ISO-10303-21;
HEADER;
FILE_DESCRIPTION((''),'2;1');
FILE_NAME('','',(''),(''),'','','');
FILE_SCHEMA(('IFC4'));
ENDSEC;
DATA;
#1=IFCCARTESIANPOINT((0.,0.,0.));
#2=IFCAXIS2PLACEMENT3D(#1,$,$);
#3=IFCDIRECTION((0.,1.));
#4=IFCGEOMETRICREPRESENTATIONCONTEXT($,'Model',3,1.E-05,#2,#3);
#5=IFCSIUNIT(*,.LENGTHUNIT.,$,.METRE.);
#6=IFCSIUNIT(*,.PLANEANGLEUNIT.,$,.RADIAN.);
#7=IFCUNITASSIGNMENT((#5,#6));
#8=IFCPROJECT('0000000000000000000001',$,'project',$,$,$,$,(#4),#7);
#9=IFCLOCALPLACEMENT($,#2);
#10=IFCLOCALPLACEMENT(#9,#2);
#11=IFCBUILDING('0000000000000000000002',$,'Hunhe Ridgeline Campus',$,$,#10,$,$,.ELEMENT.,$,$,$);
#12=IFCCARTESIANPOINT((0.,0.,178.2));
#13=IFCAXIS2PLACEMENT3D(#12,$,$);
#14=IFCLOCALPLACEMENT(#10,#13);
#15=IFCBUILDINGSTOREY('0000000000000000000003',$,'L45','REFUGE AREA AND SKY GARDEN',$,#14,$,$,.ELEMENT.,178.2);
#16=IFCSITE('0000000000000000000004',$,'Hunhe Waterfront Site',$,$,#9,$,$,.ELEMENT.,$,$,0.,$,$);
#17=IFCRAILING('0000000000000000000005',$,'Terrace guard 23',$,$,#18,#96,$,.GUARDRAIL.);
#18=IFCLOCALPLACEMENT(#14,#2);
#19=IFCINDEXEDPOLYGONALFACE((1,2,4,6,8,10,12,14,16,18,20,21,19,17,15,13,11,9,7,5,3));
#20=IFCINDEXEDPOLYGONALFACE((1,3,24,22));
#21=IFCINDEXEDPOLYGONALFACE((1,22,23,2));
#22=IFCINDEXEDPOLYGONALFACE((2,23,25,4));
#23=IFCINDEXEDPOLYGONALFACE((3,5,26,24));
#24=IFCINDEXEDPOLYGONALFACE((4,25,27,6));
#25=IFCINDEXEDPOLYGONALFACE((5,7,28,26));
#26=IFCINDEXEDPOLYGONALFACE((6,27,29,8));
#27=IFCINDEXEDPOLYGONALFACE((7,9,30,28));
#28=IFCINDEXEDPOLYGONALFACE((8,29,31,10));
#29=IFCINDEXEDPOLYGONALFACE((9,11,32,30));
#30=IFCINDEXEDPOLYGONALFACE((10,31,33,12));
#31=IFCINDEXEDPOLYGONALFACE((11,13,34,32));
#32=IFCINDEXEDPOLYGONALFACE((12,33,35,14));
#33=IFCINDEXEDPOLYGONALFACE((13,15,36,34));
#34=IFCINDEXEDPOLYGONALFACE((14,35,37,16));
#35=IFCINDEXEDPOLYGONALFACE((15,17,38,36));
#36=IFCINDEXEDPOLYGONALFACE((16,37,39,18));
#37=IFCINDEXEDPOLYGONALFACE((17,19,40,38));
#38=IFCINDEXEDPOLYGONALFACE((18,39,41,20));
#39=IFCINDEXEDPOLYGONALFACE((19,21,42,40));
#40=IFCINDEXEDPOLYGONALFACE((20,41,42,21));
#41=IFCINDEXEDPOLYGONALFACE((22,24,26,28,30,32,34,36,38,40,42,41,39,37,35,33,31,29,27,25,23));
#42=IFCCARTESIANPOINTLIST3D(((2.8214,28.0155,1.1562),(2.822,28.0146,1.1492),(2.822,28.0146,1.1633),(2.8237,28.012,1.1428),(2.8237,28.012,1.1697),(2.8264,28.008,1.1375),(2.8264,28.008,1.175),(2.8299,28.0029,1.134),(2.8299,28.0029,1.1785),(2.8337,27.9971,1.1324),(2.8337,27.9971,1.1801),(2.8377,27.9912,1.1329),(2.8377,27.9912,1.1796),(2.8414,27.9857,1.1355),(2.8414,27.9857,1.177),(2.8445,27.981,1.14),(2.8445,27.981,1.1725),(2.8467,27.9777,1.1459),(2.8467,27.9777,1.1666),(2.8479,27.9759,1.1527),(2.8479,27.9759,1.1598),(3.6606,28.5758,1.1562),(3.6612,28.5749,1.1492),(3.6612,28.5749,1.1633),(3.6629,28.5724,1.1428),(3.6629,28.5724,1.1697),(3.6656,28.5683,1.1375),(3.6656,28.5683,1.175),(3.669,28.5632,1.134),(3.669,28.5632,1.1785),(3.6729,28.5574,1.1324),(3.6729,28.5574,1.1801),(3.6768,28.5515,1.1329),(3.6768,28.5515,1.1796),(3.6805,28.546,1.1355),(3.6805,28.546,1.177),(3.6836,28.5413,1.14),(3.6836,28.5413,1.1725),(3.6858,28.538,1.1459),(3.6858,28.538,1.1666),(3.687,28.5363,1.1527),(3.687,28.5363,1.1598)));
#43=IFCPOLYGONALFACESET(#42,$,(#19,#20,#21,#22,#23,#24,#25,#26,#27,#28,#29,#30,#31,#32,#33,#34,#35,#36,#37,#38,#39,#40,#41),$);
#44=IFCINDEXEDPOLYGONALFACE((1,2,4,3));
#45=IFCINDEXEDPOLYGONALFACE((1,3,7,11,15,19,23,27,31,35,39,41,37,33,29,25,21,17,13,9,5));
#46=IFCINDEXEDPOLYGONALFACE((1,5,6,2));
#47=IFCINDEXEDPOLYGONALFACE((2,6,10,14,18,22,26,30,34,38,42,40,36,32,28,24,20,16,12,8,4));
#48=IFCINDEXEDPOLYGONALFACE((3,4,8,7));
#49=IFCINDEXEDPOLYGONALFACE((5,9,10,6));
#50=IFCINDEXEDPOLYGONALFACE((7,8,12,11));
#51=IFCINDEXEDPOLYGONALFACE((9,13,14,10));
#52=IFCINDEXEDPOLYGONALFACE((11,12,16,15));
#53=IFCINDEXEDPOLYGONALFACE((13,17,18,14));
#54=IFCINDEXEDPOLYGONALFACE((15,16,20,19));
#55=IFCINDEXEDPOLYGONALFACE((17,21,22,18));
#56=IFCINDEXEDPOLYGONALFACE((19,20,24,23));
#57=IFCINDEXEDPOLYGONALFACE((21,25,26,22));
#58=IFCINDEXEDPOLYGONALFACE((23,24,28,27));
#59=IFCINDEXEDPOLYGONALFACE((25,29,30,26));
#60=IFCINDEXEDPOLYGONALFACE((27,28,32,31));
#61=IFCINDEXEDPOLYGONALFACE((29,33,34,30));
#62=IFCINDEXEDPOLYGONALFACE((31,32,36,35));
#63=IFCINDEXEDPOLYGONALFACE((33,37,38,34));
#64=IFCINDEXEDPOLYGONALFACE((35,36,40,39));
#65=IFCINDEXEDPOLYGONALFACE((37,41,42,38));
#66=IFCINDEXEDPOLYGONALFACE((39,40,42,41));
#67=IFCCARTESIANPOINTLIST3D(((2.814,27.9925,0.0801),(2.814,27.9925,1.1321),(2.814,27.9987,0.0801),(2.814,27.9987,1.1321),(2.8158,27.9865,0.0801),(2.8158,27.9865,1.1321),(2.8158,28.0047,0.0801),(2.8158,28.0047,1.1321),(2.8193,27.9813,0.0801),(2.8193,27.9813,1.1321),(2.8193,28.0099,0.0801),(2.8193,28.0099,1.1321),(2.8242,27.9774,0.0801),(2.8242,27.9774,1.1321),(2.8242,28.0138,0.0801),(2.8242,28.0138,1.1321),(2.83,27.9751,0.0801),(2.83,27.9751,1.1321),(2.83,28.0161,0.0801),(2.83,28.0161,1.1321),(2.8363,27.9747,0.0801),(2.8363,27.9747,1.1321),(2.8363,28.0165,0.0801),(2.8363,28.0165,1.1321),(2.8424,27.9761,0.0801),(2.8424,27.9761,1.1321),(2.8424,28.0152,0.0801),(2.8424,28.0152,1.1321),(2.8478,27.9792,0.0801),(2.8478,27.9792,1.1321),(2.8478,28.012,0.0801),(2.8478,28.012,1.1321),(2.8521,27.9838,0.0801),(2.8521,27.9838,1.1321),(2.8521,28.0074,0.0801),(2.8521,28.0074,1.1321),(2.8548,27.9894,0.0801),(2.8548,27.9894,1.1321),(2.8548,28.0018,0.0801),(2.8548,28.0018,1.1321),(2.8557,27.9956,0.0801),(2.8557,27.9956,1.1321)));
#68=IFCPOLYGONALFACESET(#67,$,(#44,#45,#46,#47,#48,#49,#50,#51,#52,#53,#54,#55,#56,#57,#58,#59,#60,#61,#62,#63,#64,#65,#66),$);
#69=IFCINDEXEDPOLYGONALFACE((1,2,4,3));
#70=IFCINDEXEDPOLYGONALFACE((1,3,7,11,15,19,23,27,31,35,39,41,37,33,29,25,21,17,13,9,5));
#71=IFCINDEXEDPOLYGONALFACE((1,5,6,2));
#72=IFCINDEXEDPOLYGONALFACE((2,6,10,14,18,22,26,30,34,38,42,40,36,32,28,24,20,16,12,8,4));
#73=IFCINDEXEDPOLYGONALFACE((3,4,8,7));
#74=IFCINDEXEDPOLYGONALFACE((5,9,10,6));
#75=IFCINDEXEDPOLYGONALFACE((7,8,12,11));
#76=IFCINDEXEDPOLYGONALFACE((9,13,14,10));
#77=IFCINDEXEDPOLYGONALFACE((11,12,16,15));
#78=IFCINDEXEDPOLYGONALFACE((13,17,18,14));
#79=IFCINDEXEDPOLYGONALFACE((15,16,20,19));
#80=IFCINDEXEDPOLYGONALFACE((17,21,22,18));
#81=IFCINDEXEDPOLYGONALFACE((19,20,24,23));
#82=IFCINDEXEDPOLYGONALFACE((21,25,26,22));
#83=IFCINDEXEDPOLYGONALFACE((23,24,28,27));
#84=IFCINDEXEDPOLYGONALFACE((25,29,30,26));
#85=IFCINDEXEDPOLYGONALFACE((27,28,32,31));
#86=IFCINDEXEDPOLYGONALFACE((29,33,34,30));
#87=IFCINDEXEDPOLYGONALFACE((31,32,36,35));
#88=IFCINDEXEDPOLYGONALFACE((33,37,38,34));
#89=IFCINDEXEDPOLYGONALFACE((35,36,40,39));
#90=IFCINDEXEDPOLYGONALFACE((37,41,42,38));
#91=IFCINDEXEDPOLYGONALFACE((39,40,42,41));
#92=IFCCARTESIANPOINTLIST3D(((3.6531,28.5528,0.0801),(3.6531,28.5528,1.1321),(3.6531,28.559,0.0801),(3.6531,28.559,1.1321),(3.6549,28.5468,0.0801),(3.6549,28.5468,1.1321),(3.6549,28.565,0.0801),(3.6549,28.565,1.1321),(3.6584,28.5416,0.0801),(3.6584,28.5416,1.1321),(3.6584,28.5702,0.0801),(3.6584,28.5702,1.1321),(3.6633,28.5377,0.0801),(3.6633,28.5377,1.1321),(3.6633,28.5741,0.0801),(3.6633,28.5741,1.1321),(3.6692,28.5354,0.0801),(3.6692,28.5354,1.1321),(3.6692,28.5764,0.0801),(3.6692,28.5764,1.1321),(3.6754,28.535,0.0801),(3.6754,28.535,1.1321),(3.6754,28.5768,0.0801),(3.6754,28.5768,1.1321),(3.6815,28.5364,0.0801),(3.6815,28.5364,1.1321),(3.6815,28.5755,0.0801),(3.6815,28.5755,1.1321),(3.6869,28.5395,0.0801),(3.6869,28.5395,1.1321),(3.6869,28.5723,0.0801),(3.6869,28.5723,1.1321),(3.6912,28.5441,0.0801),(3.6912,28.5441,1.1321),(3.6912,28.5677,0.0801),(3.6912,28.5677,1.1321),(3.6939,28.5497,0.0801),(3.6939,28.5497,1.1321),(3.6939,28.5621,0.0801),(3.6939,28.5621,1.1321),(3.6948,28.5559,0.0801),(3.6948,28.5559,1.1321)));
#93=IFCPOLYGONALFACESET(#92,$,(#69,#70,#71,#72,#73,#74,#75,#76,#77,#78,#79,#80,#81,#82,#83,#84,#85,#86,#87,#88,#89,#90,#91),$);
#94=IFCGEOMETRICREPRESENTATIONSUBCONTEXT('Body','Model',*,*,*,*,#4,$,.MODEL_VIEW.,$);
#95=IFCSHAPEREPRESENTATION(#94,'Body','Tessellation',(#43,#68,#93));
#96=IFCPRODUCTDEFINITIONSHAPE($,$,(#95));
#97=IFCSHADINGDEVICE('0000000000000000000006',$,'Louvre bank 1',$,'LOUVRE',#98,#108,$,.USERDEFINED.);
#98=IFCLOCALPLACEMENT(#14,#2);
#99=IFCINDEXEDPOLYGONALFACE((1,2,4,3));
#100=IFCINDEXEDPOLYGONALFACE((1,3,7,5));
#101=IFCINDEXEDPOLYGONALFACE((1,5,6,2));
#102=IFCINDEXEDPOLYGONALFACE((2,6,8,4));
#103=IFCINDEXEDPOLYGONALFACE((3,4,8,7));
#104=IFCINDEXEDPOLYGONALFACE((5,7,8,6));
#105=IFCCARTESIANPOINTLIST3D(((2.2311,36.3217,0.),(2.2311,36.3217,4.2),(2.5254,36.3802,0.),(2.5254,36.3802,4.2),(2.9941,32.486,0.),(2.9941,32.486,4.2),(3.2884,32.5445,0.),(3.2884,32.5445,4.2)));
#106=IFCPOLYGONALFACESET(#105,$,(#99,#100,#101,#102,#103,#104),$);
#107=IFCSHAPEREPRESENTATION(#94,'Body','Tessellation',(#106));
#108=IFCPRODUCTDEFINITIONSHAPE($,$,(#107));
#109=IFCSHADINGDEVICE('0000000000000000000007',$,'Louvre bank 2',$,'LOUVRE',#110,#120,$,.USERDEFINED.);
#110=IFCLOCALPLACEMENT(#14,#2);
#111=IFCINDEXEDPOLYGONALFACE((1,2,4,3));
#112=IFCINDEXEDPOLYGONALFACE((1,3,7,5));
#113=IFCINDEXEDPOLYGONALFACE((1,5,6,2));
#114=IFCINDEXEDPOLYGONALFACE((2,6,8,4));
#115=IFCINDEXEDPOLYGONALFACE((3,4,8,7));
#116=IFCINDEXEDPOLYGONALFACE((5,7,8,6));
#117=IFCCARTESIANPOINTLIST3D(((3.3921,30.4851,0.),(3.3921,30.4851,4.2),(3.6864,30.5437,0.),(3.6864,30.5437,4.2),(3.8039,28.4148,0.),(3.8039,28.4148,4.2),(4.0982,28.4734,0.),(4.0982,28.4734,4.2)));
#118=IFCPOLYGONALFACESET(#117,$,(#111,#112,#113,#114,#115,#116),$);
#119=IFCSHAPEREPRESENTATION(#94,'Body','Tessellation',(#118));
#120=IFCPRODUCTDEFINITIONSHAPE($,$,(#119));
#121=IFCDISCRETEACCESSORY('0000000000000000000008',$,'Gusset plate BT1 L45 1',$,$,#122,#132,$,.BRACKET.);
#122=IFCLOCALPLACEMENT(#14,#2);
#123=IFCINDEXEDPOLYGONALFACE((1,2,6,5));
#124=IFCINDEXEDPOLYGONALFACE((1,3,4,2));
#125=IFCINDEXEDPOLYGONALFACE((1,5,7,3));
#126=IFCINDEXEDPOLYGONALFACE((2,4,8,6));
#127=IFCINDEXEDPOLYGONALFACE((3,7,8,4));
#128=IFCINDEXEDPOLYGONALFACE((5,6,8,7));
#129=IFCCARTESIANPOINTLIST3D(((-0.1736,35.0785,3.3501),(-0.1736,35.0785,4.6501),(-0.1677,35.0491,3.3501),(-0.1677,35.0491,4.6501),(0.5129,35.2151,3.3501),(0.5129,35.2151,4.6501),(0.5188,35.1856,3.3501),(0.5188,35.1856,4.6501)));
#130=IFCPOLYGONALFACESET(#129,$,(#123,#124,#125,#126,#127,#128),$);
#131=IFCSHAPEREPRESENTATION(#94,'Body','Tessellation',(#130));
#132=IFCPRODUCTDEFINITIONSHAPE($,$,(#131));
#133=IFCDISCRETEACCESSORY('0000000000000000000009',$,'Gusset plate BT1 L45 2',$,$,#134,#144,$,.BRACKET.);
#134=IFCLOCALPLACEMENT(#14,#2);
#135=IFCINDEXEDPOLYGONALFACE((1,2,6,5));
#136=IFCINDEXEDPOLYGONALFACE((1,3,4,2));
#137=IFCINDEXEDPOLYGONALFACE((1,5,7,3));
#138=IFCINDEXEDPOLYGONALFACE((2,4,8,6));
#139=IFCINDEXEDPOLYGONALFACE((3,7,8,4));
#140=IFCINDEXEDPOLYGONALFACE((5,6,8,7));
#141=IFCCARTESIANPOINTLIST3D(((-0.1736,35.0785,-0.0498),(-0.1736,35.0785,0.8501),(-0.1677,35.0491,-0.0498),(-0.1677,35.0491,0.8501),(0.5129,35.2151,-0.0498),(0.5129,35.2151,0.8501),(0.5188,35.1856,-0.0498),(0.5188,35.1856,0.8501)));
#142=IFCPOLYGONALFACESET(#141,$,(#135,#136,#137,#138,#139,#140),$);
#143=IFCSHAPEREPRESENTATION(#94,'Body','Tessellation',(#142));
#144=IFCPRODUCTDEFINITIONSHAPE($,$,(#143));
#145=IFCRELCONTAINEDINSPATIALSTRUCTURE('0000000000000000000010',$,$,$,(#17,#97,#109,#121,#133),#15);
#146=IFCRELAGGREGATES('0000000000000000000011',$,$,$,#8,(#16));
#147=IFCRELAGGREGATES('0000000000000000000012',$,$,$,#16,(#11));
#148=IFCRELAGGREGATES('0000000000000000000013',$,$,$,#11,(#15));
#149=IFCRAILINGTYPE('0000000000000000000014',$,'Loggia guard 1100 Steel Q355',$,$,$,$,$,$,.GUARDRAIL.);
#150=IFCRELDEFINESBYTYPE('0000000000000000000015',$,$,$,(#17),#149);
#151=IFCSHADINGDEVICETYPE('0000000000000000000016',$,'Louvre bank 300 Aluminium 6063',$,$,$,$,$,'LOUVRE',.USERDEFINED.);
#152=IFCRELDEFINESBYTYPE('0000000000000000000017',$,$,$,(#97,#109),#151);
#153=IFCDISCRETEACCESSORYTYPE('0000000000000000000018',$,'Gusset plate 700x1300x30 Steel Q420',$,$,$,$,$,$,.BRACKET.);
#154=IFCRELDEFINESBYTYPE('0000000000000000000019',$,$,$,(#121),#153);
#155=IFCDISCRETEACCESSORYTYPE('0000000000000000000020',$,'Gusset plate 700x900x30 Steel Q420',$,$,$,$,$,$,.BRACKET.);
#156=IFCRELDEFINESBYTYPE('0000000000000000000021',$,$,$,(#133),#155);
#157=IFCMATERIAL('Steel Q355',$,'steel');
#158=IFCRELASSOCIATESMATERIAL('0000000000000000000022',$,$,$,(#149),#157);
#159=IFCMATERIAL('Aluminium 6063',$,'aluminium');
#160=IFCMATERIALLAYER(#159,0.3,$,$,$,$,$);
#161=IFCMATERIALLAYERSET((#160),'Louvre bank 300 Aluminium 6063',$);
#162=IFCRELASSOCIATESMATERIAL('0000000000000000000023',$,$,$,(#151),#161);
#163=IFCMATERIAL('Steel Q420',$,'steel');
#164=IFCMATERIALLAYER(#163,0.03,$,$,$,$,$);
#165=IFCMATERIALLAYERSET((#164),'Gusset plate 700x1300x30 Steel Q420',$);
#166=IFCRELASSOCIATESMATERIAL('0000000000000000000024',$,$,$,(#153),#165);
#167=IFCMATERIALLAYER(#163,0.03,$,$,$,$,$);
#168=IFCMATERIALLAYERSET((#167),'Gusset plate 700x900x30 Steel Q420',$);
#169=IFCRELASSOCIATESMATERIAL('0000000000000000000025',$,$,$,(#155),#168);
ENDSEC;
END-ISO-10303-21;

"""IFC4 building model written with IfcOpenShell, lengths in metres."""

from ifc_helpers import new_model, si_unit, direction, frame, origin, origin_2d, place, context, subcontext, project, spatial, rectangle, circle, extrude, material, layer, layer_set, type_object, element, save


model = new_model("IFC4")

# Units and contexts
model_context = context("Model", 3, precision=1e-05, world=origin(), true_north=direction((0.0, 1.0)))
body_context = subcontext(model_context, "Body", "Model", "MODEL_VIEW")
ifc_project = project(units=[si_unit("LENGTHUNIT", "METRE"), si_unit("PLANEANGLEUNIT", "RADIAN")], contexts=[model_context])

# Site, building, storey
site_placement = place(None, origin())
site = spatial("IfcSite", under=ifc_project, at=site_placement, Name="Hunhe Waterfront Site", CompositionType="ELEMENT", RefElevation=0.0)
building_placement = place(site_placement, origin())
building = spatial("IfcBuilding", under=site, at=building_placement, Name="Hunhe Ridgeline Campus", CompositionType="ELEMENT")
storey_placement = place(building_placement, frame((0.0, 0.0, 178.2)))
storey = spatial("IfcBuildingStorey", under=building, at=storey_placement, Name="L45", Description="REFUGE AREA AND SKY GARDEN", CompositionType="ELEMENT", Elevation=178.2)

# Shared definitions
ifc_material_1 = material(Name="Steel Q420", Category="steel")
ifc_material_2 = material(Name="Aluminium 6063", Category="aluminium")

# Railing
ifc_material_3 = material(Name="Steel Q355", Category="steel")
railing_type = type_object("IfcRailingType", Name="Loggia guard 1100 Steel Q355", PredefinedType="GUARDRAIL", material=ifc_material_3)
railing_1_placement = place(storey_placement, frame((2.8347, 27.9956, 0.0801)))
element("IfcRailing", 1, at=railing_1_placement, inside=storey, type_object=railing_type, Name="Terrace guard 23", PredefinedType="GUARDRAIL", context=body_context, shape_type="SweptSolid", body=[
    extrude(circle(Radius=0.0239, at=origin_2d()), frame((0.0, 0.0, 1.0762), z_axis=(0.831641, 0.555314, 0.0), x_axis=(-0.555314, 0.831641, 0.0)), (0.0, 0.0, 1.0), 1.009),
    extrude(circle(Radius=0.021, at=origin_2d()), origin(), (0.0, 0.0, 1.0), 1.052),
    extrude(circle(Radius=0.021, at=origin_2d()), frame((0.8391, 0.5603, 0.0)), (0.0, 0.0, 1.0), 1.052),
])

# Shading devices
ifc_layer_1 = layer(ifc_material_2, 0.3)
ifc_layer_set_1 = layer_set([ifc_layer_1], Name="Louvre bank 300 Aluminium 6063")
shading_device_type = type_object("IfcShadingDeviceType", Name="Louvre bank 300 Aluminium 6063", ElementType="LOUVRE", PredefinedType="USERDEFINED", material=ifc_layer_set_1)
shading_device_1_placement = place(storey_placement, frame((2.7598, 34.4331, 0.0), z_axis=(0.0, 0.0, 1.0), x_axis=(0.195095, -0.980784, 0.0)))
element("IfcShadingDevice", 2, at=shading_device_1_placement, inside=storey, type_object=shading_device_type, Name="Louvre bank 1", ObjectType="LOUVRE", PredefinedType="USERDEFINED", context=body_context, shape_type="SweptSolid", body=[
    extrude(rectangle(XDim=3.9109, YDim=0.3, at=origin_2d()), origin(), (0.0, 0.0, 1.0), 4.2),
])
shading_device_2_placement = place(storey_placement, frame((3.7451, 29.4792, 0.0), z_axis=(0.0, 0.0, 1.0), x_axis=(0.195095, -0.980784, 0.0)))
element("IfcShadingDevice", 3, at=shading_device_2_placement, inside=storey, type_object=shading_device_type, Name="Louvre bank 2", ObjectType="LOUVRE", PredefinedType="USERDEFINED", context=body_context, shape_type="SweptSolid", body=[
    extrude(rectangle(XDim=2.1108, YDim=0.3, at=origin_2d()), origin(), (0.0, 0.0, 1.0), 4.2),
])

# Discrete accessories
ifc_layer_2 = layer(ifc_material_1, 0.03)
ifc_layer_set_2 = layer_set([ifc_layer_2], Name="Gusset plate 700x1300x30 Steel Q420")
discrete_accessory_type_1 = type_object("IfcDiscreteAccessoryType", Name="Gusset plate 700x1300x30 Steel Q420", PredefinedType="BRACKET", material=ifc_layer_set_2)
discrete_accessory_1_placement = place(storey_placement, frame((0.1726, 35.1321, 3.3501), z_axis=(0.0, 0.0, 1.0), x_axis=(-0.19509, 0.980785, 0.0)))
element("IfcDiscreteAccessory", 4, at=discrete_accessory_1_placement, inside=storey, type_object=discrete_accessory_type_1, Name="Gusset plate BT1 L45 1", PredefinedType="BRACKET", context=body_context, shape_type="SweptSolid", body=[
    extrude(rectangle(XDim=0.03, YDim=0.7, at=origin_2d()), origin(), (0.0, 0.0, 1.0), 1.3),
])
ifc_layer_3 = layer(ifc_material_1, 0.03)
ifc_layer_set_3 = layer_set([ifc_layer_3], Name="Gusset plate 700x900x30 Steel Q420")
discrete_accessory_type_2 = type_object("IfcDiscreteAccessoryType", Name="Gusset plate 700x900x30 Steel Q420", PredefinedType="BRACKET", material=ifc_layer_set_3)
discrete_accessory_2_placement = place(storey_placement, frame((0.1726, 35.1321, -0.0498), z_axis=(0.0, 0.0, 1.0), x_axis=(-0.19509, 0.980785, 0.0)))
element("IfcDiscreteAccessory", 5, at=discrete_accessory_2_placement, inside=storey, type_object=discrete_accessory_type_2, Name="Gusset plate BT1 L45 2", PredefinedType="BRACKET", context=body_context, shape_type="SweptSolid", body=[
    extrude(rectangle(XDim=0.03, YDim=0.7, at=origin_2d()), origin(), (0.0, 0.0, 1.0), 0.8999),
])

save(model, "model.ifc")
